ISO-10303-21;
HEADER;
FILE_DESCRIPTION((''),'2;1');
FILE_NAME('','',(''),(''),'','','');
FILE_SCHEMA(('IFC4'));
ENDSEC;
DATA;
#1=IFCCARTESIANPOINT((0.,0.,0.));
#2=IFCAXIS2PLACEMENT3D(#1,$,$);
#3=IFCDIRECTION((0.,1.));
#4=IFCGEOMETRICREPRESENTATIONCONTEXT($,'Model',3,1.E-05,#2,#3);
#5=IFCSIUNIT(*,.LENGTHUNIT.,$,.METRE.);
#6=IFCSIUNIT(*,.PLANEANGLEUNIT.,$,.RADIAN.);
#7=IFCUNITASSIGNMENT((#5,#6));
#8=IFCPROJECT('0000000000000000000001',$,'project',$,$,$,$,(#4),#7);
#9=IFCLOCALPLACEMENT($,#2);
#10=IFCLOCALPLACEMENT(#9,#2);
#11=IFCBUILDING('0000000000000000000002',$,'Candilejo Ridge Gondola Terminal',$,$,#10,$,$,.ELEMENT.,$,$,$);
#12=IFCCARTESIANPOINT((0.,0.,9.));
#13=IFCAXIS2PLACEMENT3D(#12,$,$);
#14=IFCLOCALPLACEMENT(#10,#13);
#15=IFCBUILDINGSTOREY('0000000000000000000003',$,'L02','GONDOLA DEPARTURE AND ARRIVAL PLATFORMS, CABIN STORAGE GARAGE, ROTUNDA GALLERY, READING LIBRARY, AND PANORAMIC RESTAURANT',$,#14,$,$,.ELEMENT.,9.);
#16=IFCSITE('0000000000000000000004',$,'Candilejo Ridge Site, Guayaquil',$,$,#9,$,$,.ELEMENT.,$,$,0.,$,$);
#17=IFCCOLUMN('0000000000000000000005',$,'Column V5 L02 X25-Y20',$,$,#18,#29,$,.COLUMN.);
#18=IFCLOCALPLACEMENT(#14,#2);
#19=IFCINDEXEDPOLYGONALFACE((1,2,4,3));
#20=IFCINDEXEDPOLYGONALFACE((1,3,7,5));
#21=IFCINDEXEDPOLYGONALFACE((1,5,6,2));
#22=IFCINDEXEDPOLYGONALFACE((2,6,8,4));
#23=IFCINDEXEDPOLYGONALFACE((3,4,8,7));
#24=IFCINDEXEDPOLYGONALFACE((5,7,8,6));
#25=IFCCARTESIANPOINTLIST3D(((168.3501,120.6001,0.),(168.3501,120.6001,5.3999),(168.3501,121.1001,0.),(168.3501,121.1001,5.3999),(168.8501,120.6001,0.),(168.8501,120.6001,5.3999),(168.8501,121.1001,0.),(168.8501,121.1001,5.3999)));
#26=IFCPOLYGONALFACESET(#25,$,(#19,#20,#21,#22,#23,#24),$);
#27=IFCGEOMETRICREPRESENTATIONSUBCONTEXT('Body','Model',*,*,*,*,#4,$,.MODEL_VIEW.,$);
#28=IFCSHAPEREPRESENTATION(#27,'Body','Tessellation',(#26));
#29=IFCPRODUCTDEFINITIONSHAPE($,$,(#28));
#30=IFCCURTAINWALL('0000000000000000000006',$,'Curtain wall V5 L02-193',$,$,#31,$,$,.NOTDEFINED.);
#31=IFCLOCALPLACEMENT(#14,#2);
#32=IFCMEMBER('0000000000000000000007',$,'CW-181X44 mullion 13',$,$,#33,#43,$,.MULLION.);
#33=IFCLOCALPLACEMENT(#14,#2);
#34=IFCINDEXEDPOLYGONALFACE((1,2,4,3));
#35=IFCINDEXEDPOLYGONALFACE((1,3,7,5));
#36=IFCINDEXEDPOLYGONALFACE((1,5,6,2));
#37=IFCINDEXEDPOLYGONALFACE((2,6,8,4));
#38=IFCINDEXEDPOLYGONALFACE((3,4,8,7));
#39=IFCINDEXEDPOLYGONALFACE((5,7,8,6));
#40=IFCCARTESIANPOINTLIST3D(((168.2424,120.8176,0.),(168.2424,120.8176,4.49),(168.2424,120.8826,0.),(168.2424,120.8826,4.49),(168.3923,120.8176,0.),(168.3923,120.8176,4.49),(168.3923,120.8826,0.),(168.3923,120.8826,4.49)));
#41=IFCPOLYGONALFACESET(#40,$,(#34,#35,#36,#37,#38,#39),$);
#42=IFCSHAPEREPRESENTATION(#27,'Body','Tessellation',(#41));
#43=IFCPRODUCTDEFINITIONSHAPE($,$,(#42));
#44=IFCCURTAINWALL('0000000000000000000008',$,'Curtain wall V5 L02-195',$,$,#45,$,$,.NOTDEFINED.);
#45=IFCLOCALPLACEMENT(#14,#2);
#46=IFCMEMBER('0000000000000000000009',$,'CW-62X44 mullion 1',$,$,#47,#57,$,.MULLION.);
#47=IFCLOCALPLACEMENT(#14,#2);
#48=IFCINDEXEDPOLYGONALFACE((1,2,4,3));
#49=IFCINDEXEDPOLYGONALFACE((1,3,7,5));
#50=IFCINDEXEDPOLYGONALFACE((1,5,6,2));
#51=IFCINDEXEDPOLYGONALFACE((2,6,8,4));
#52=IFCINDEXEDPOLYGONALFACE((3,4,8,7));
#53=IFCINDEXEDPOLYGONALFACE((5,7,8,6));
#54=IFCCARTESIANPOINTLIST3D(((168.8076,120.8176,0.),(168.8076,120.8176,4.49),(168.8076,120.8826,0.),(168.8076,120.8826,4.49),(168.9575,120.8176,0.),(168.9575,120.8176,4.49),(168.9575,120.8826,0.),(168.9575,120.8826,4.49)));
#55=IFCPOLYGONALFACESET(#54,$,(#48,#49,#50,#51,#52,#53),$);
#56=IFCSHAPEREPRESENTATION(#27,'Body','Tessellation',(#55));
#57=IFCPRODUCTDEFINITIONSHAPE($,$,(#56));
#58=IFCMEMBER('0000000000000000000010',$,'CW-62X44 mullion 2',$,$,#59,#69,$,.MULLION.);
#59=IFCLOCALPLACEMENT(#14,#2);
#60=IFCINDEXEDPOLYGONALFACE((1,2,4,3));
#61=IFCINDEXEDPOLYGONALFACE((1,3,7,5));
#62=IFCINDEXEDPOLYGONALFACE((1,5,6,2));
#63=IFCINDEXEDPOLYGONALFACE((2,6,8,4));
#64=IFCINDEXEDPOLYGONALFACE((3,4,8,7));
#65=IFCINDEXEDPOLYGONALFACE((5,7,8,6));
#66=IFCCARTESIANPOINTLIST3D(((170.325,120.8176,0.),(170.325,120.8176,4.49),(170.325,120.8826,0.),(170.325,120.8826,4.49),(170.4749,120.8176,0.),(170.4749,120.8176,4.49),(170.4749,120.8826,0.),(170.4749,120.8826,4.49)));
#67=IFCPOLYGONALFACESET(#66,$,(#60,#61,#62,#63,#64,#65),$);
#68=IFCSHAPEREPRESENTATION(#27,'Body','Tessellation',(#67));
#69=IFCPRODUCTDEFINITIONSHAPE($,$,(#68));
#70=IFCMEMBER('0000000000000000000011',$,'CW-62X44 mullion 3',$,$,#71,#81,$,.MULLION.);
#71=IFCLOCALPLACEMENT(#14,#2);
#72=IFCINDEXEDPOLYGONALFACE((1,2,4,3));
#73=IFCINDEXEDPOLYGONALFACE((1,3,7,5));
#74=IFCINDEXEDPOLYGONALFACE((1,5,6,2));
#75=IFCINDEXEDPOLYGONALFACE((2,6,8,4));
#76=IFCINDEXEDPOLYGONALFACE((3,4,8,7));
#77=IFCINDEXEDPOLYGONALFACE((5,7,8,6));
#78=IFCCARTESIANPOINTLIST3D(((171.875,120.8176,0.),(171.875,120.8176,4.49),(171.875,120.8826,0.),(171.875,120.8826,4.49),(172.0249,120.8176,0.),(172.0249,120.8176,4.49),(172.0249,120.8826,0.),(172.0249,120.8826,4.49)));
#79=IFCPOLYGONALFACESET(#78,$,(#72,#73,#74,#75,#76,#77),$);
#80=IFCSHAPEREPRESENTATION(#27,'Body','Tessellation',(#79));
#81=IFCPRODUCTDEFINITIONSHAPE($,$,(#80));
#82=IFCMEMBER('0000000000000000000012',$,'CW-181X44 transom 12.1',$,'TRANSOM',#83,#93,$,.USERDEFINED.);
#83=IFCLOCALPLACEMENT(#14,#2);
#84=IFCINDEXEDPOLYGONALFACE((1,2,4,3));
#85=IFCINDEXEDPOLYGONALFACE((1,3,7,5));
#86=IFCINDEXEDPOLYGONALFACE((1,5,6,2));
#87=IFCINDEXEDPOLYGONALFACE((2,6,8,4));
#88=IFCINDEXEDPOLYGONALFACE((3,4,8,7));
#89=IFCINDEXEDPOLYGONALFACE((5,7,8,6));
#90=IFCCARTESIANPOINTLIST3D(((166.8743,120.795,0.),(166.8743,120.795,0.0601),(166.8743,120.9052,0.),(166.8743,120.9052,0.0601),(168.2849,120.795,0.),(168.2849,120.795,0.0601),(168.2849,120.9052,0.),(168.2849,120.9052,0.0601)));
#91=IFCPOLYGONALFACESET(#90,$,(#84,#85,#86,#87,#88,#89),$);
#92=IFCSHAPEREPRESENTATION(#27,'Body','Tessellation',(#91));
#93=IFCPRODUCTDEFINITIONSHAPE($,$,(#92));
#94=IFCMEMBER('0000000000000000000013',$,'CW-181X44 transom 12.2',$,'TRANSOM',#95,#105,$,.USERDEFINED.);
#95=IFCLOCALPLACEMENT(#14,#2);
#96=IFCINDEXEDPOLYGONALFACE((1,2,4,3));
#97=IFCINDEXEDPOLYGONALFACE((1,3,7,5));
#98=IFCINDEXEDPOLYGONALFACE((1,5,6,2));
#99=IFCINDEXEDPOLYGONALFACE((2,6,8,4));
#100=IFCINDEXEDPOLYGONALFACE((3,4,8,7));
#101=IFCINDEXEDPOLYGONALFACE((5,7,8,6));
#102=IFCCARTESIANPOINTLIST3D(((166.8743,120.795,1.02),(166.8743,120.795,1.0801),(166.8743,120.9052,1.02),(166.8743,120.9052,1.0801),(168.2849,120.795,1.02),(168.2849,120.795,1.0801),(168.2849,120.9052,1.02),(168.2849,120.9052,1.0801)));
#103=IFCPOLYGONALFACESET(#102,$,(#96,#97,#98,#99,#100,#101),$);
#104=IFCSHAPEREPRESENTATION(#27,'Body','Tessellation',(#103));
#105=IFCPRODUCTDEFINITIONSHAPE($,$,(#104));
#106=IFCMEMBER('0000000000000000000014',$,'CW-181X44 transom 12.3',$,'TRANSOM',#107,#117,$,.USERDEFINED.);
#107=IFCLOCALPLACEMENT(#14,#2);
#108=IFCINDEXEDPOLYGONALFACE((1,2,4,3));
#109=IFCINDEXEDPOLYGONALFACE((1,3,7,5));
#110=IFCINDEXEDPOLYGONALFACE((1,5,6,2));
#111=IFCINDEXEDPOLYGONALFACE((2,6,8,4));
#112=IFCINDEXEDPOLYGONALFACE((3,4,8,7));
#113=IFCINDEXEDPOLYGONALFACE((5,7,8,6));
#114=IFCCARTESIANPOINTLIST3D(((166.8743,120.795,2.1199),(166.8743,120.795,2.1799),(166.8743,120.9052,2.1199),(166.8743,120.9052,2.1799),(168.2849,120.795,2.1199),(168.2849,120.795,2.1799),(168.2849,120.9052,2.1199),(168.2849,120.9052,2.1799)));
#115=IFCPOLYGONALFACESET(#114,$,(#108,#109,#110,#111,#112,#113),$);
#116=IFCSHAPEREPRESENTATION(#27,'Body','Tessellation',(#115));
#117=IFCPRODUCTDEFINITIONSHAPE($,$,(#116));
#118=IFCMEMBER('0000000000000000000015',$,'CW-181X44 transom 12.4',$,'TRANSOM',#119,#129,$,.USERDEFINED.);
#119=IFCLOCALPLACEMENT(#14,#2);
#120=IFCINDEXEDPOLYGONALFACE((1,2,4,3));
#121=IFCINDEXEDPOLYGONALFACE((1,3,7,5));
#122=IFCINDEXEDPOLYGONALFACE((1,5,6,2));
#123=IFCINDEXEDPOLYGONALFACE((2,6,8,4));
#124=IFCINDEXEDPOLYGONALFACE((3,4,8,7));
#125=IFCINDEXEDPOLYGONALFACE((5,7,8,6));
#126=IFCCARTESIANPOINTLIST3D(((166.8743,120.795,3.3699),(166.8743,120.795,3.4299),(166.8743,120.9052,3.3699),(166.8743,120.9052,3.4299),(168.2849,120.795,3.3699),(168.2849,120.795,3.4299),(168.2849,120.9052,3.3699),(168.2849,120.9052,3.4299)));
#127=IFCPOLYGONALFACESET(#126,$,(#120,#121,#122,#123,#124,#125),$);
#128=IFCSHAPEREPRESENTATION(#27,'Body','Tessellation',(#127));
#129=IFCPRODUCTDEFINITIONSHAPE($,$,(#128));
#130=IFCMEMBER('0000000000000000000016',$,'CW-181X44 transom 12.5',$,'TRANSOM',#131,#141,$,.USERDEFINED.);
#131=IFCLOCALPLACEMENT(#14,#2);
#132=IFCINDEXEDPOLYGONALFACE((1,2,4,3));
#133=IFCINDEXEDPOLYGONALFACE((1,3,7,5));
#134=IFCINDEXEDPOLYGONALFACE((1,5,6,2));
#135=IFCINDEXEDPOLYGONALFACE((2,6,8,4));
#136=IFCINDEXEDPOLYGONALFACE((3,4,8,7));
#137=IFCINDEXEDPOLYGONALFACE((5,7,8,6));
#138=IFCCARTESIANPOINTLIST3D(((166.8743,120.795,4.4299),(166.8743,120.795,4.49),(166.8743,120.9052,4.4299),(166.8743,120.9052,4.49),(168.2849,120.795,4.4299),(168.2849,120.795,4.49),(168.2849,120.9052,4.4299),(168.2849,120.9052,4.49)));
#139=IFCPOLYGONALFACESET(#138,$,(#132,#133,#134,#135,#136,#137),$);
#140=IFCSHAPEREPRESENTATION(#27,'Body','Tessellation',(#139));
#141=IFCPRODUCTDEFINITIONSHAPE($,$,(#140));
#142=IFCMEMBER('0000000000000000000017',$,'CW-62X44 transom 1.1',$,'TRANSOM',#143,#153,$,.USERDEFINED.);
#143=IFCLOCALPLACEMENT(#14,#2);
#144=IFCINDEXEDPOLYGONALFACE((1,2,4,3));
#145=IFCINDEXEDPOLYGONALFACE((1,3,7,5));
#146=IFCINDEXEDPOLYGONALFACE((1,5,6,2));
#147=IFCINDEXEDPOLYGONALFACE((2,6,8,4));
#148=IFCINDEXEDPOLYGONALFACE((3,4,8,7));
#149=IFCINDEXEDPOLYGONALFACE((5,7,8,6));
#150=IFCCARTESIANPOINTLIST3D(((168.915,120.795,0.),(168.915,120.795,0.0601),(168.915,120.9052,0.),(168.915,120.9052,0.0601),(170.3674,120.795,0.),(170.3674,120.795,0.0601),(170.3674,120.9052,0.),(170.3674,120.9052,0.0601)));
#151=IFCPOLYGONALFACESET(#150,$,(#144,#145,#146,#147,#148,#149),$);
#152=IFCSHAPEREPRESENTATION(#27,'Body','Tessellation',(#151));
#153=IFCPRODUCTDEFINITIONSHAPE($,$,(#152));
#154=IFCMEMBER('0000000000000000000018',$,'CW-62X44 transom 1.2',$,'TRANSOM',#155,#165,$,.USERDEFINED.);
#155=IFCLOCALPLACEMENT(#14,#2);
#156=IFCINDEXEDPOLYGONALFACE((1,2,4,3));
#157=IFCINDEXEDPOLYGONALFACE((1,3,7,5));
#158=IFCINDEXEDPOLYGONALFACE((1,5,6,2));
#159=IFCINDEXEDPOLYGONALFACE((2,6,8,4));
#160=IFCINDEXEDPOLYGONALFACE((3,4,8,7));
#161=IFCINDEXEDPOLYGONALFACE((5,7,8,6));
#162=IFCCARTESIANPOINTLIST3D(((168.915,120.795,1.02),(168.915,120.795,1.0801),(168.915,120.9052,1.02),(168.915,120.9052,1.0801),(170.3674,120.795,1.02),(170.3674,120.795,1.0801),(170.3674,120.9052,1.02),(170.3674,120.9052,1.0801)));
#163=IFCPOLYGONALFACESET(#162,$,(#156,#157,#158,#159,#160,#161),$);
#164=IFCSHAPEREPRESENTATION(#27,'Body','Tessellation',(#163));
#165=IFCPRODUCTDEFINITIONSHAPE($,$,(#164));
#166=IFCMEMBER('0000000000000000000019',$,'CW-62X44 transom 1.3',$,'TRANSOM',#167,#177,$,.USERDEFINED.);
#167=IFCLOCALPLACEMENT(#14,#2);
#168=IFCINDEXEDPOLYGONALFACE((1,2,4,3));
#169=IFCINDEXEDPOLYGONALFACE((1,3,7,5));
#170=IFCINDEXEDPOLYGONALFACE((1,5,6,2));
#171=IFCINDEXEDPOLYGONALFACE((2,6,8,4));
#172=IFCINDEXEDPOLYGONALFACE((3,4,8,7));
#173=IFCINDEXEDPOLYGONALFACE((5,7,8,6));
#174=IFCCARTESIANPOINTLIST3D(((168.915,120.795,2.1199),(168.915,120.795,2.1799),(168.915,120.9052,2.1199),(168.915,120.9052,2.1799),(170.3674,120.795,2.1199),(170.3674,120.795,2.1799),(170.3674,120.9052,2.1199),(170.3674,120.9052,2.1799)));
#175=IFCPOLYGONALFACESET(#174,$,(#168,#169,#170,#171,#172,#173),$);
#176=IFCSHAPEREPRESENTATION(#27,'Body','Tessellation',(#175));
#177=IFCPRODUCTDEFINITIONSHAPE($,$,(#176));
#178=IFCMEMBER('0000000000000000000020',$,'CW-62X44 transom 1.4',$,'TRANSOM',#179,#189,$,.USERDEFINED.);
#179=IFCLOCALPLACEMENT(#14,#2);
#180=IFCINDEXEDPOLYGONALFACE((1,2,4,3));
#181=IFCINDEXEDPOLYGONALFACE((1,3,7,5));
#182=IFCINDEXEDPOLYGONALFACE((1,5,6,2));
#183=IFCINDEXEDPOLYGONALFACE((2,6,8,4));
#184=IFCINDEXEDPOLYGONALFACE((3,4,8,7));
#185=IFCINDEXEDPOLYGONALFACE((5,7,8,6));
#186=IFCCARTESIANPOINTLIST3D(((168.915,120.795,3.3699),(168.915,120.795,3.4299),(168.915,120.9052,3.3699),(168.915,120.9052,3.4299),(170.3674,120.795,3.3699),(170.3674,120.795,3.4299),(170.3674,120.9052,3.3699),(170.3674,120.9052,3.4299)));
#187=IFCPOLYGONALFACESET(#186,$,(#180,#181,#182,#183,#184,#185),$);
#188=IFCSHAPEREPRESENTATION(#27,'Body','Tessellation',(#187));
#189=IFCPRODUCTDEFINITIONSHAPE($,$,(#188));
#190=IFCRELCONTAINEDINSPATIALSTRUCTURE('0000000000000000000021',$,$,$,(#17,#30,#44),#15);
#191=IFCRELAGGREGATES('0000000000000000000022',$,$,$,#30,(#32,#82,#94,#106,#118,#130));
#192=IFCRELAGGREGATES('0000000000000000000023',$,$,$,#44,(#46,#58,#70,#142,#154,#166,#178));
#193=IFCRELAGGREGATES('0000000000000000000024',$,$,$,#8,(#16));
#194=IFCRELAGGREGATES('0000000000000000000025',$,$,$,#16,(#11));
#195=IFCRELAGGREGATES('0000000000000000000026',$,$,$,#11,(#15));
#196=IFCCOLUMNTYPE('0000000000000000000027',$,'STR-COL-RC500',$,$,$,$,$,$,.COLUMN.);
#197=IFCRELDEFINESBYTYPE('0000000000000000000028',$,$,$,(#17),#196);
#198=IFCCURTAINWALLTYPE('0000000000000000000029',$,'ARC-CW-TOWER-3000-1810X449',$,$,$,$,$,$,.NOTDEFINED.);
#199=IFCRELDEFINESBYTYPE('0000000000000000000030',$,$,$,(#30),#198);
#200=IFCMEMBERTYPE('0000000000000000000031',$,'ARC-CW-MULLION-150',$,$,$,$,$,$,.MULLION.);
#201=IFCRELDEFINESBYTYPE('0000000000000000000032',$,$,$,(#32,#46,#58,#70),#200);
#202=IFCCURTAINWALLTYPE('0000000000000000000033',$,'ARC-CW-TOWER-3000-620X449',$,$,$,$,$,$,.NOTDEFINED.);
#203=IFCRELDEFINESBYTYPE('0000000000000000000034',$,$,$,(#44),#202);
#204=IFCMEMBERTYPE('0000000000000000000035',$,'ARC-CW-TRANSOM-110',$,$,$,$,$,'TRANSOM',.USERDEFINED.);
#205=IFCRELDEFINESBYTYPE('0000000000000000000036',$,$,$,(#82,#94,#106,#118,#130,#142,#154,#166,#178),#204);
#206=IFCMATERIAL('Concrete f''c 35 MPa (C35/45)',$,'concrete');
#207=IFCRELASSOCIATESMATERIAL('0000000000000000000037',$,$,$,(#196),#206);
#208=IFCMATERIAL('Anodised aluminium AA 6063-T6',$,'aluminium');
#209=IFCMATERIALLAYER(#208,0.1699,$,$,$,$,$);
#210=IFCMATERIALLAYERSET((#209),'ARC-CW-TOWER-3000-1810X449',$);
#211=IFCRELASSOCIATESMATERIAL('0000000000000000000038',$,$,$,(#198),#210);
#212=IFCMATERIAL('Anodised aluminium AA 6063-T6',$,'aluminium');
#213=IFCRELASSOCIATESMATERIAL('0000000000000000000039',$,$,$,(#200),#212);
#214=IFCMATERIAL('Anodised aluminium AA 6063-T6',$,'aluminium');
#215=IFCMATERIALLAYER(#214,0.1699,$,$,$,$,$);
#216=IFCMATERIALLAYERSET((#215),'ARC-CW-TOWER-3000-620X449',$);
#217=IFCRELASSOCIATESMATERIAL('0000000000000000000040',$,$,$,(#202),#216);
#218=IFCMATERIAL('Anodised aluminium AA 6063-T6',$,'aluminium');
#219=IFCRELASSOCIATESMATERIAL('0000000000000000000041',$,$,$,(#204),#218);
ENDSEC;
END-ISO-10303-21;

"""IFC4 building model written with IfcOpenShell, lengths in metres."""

from ifc_helpers import new_model, si_unit, direction, frame, origin, origin_2d, place, context, subcontext, project, spatial, rectangle, extrude, material, layer, layer_set, material_profile, profile_set, type_object, element, aggregate, save


model = new_model("IFC4")

# Units and contexts
model_context = context("Model", 3, precision=1e-05, world=origin(), true_north=direction((0.0, 1.0)))
body_context = subcontext(model_context, "Body", "Model", "MODEL_VIEW")
ifc_project = project(units=[si_unit("LENGTHUNIT", "METRE"), si_unit("PLANEANGLEUNIT", "RADIAN")], contexts=[model_context])

# Site, building, storey
site_placement = place(None, origin())
site = spatial("IfcSite", under=ifc_project, at=site_placement, Name="Candilejo Ridge Site, Guayaquil", CompositionType="ELEMENT", RefElevation=0.0)
building_placement = place(site_placement, origin())
building = spatial("IfcBuilding", under=site, at=building_placement, Name="Candilejo Ridge Gondola Terminal", CompositionType="ELEMENT")
storey_placement = place(building_placement, frame((0.0, 0.0, 9.0)))
storey = spatial("IfcBuildingStorey", under=building, at=storey_placement, Name="L02", Description="GONDOLA DEPARTURE AND ARRIVAL PLATFORMS, CABIN STORAGE GARAGE, ROTUNDA GALLERY, READING LIBRARY, AND PANORAMIC RESTAURANT", CompositionType="ELEMENT", Elevation=9.0)

# Column
ifc_material_1 = material(Name="Concrete f'c 35 MPa (C35/45)", Category="concrete")
ifc_material_profile_1 = material_profile(ifc_material_1, rectangle(XDim=0.5, YDim=0.5, at=origin_2d()))
ifc_profile_set_1 = profile_set([ifc_material_profile_1], Name="Concrete f'c 35 MPa (C35/45)")
column_type = type_object("IfcColumnType", Name="STR-COL-RC500", PredefinedType="COLUMN", material=ifc_profile_set_1)
column_placement = place(storey_placement, frame((168.6001, 120.8501, 0.0), z_axis=(0.0, 0.0, 1.0), x_axis=(1.0, 0.0, 0.0)))
element("IfcColumn", 1, at=column_placement, inside=storey, type_object=column_type, Name="Column V5 L02 X25-Y20", PredefinedType="COLUMN", context=body_context, shape_type="SweptSolid", body=[
    extrude(rectangle(XDim=0.5, YDim=0.5, at=origin_2d()), origin(), (0.0, 0.0, 1.0), 5.3999),
])

# Curtain wall, member
ifc_material_2 = material(Name="Anodised aluminium AA 6063-T6", Category="aluminium")
ifc_layer_1 = layer(ifc_material_2, 0.1699)
ifc_layer_set_1 = layer_set([ifc_layer_1], Name="ARC-CW-TOWER-3000-1810X449")
curtain_wall_type_1 = type_object("IfcCurtainWallType", Name="ARC-CW-TOWER-3000-1810X449", PredefinedType="NOTDEFINED", material=ifc_layer_set_1)
curtain_wall_1_placement = place(storey_placement, origin())
curtain_wall_1 = element("IfcCurtainWall", 2, at=curtain_wall_1_placement, inside=storey, type_object=curtain_wall_type_1, Name="Curtain wall V5 L02-193", PredefinedType="NOTDEFINED")
ifc_material_3 = material(Name="Anodised aluminium AA 6063-T6", Category="aluminium")
ifc_material_profile_2 = material_profile(ifc_material_3, rectangle(XDim=0.0649, YDim=0.1499, at=origin_2d()))
ifc_profile_set_2 = profile_set([ifc_material_profile_2], Name="Anodised aluminium AA 6063-T6")
member_type_1 = type_object("IfcMemberType", Name="ARC-CW-MULLION-150", PredefinedType="MULLION", material=ifc_profile_set_2)
member_1_placement = place(storey_placement, frame((168.3174, 120.8501, 0.0), z_axis=(0.0, 0.0, 1.0), x_axis=(0.0, 1.0, 0.0)))
member_1 = element("IfcMember", 3, at=member_1_placement, type_object=member_type_1, Name="CW-181X44 mullion 13", PredefinedType="MULLION", context=body_context, shape_type="SweptSolid", body=[
    extrude(rectangle(XDim=0.0649, YDim=0.1499, at=origin_2d()), origin(), (0.0, 0.0, 1.0), 4.49),
])

# Curtain wall, members
ifc_material_4 = material(Name="Anodised aluminium AA 6063-T6", Category="aluminium")
ifc_layer_2 = layer(ifc_material_4, 0.1699)
ifc_layer_set_2 = layer_set([ifc_layer_2], Name="ARC-CW-TOWER-3000-620X449")
curtain_wall_type_2 = type_object("IfcCurtainWallType", Name="ARC-CW-TOWER-3000-620X449", PredefinedType="NOTDEFINED", material=ifc_layer_set_2)
curtain_wall_2_placement = place(storey_placement, origin())
curtain_wall_2 = element("IfcCurtainWall", 4, at=curtain_wall_2_placement, inside=storey, type_object=curtain_wall_type_2, Name="Curtain wall V5 L02-195", PredefinedType="NOTDEFINED")
member_2_placement = place(storey_placement, frame((168.8826, 120.8501, 0.0), z_axis=(0.0, 0.0, 1.0), x_axis=(0.0, 1.0, 0.0)))
member_2 = element("IfcMember", 5, at=member_2_placement, type_object=member_type_1, Name="CW-62X44 mullion 1", PredefinedType="MULLION", context=body_context, shape_type="SweptSolid", body=[
    extrude(rectangle(XDim=0.0649, YDim=0.1499, at=origin_2d()), origin(), (0.0, 0.0, 1.0), 4.49),
])
member_3_placement = place(storey_placement, frame((170.3999, 120.8501, 0.0), z_axis=(0.0, 0.0, 1.0), x_axis=(0.0, 1.0, 0.0)))
member_3 = element("IfcMember", 6, at=member_3_placement, type_object=member_type_1, Name="CW-62X44 mullion 2", PredefinedType="MULLION", context=body_context, shape_type="SweptSolid", body=[
    extrude(rectangle(XDim=0.0649, YDim=0.1499, at=origin_2d()), origin(), (0.0, 0.0, 1.0), 4.49),
])
member_4_placement = place(storey_placement, frame((171.95, 120.8501, 0.0), z_axis=(0.0, 0.0, 1.0), x_axis=(0.0, 1.0, 0.0)))
member_4 = element("IfcMember", 7, at=member_4_placement, type_object=member_type_1, Name="CW-62X44 mullion 3", PredefinedType="MULLION", context=body_context, shape_type="SweptSolid", body=[
    extrude(rectangle(XDim=0.0649, YDim=0.1499, at=origin_2d()), origin(), (0.0, 0.0, 1.0), 4.49),
])

# Members
ifc_material_5 = material(Name="Anodised aluminium AA 6063-T6", Category="aluminium")
ifc_material_profile_3 = material_profile(ifc_material_5, rectangle(XDim=0.1101, YDim=0.0601, at=origin_2d()))
ifc_profile_set_3 = profile_set([ifc_material_profile_3], Name="Anodised aluminium AA 6063-T6")
member_type_2 = type_object("IfcMemberType", Name="ARC-CW-TRANSOM-110", ElementType="TRANSOM", PredefinedType="USERDEFINED", material=ifc_profile_set_3)
member_5_placement = place(storey_placement, frame((166.8743, 120.8501, 0.03), z_axis=(1.0, 0.0, 0.0), x_axis=(0.0, 1.0, 0.0)))
member_5 = element("IfcMember", 8, at=member_5_placement, type_object=member_type_2, Name="CW-181X44 transom 12.1", ObjectType="TRANSOM", PredefinedType="USERDEFINED", context=body_context, shape_type="SweptSolid", body=[
    extrude(rectangle(XDim=0.1101, YDim=0.0601, at=origin_2d()), origin(), (0.0, 0.0, 1.0), 1.4106),
])
member_6_placement = place(storey_placement, frame((166.8743, 120.8501, 1.05), z_axis=(1.0, 0.0, 0.0), x_axis=(0.0, 1.0, 0.0)))
member_6 = element("IfcMember", 9, at=member_6_placement, type_object=member_type_2, Name="CW-181X44 transom 12.2", ObjectType="TRANSOM", PredefinedType="USERDEFINED", context=body_context, shape_type="SweptSolid", body=[
    extrude(rectangle(XDim=0.1101, YDim=0.0601, at=origin_2d()), origin(), (0.0, 0.0, 1.0), 1.4106),
])
member_7_placement = place(storey_placement, frame((166.8743, 120.8501, 2.1499), z_axis=(1.0, 0.0, 0.0), x_axis=(0.0, 1.0, 0.0)))
member_7 = element("IfcMember", 10, at=member_7_placement, type_object=member_type_2, Name="CW-181X44 transom 12.3", ObjectType="TRANSOM", PredefinedType="USERDEFINED", context=body_context, shape_type="SweptSolid", body=[
    extrude(rectangle(XDim=0.1101, YDim=0.0601, at=origin_2d()), origin(), (0.0, 0.0, 1.0), 1.4106),
])
member_8_placement = place(storey_placement, frame((166.8743, 120.8501, 3.3999), z_axis=(1.0, 0.0, 0.0), x_axis=(0.0, 1.0, 0.0)))
member_8 = element("IfcMember", 11, at=member_8_placement, type_object=member_type_2, Name="CW-181X44 transom 12.4", ObjectType="TRANSOM", PredefinedType="USERDEFINED", context=body_context, shape_type="SweptSolid", body=[
    extrude(rectangle(XDim=0.1101, YDim=0.0601, at=origin_2d()), origin(), (0.0, 0.0, 1.0), 1.4106),
])
member_9_placement = place(storey_placement, frame((166.8743, 120.8501, 4.46), z_axis=(1.0, 0.0, 0.0), x_axis=(0.0, 1.0, 0.0)))
member_9 = element("IfcMember", 12, at=member_9_placement, type_object=member_type_2, Name="CW-181X44 transom 12.5", ObjectType="TRANSOM", PredefinedType="USERDEFINED", context=body_context, shape_type="SweptSolid", body=[
    extrude(rectangle(XDim=0.1101, YDim=0.0601, at=origin_2d()), origin(), (0.0, 0.0, 1.0), 1.4106),
])
member_10_placement = place(storey_placement, frame((168.915, 120.8501, 0.03), z_axis=(1.0, 0.0, 0.0), x_axis=(0.0, 1.0, 0.0)))
member_10 = element("IfcMember", 13, at=member_10_placement, type_object=member_type_2, Name="CW-62X44 transom 1.1", ObjectType="TRANSOM", PredefinedType="USERDEFINED", context=body_context, shape_type="SweptSolid", body=[
    extrude(rectangle(XDim=0.1101, YDim=0.0601, at=origin_2d()), origin(), (0.0, 0.0, 1.0), 1.4524),
])
member_11_placement = place(storey_placement, frame((168.915, 120.8501, 1.05), z_axis=(1.0, 0.0, 0.0), x_axis=(0.0, 1.0, 0.0)))
member_11 = element("IfcMember", 14, at=member_11_placement, type_object=member_type_2, Name="CW-62X44 transom 1.2", ObjectType="TRANSOM", PredefinedType="USERDEFINED", context=body_context, shape_type="SweptSolid", body=[
    extrude(rectangle(XDim=0.1101, YDim=0.0601, at=origin_2d()), origin(), (0.0, 0.0, 1.0), 1.4524),
])
member_12_placement = place(storey_placement, frame((168.915, 120.8501, 2.1499), z_axis=(1.0, 0.0, 0.0), x_axis=(0.0, 1.0, 0.0)))
member_12 = element("IfcMember", 15, at=member_12_placement, type_object=member_type_2, Name="CW-62X44 transom 1.3", ObjectType="TRANSOM", PredefinedType="USERDEFINED", context=body_context, shape_type="SweptSolid", body=[
    extrude(rectangle(XDim=0.1101, YDim=0.0601, at=origin_2d()), origin(), (0.0, 0.0, 1.0), 1.4524),
])
member_13_placement = place(storey_placement, frame((168.915, 120.8501, 3.3999), z_axis=(1.0, 0.0, 0.0), x_axis=(0.0, 1.0, 0.0)))
member_13 = element("IfcMember", 16, at=member_13_placement, type_object=member_type_2, Name="CW-62X44 transom 1.4", ObjectType="TRANSOM", PredefinedType="USERDEFINED", context=body_context, shape_type="SweptSolid", body=[
    extrude(rectangle(XDim=0.1101, YDim=0.0601, at=origin_2d()), origin(), (0.0, 0.0, 1.0), 1.4524),
])

aggregate(curtain_wall_1, [member_1, member_5, member_6, member_7, member_8, member_9])
aggregate(curtain_wall_2, [member_2, member_3, member_4, member_10, member_11, member_12, member_13])

save(model, "model.ifc")
